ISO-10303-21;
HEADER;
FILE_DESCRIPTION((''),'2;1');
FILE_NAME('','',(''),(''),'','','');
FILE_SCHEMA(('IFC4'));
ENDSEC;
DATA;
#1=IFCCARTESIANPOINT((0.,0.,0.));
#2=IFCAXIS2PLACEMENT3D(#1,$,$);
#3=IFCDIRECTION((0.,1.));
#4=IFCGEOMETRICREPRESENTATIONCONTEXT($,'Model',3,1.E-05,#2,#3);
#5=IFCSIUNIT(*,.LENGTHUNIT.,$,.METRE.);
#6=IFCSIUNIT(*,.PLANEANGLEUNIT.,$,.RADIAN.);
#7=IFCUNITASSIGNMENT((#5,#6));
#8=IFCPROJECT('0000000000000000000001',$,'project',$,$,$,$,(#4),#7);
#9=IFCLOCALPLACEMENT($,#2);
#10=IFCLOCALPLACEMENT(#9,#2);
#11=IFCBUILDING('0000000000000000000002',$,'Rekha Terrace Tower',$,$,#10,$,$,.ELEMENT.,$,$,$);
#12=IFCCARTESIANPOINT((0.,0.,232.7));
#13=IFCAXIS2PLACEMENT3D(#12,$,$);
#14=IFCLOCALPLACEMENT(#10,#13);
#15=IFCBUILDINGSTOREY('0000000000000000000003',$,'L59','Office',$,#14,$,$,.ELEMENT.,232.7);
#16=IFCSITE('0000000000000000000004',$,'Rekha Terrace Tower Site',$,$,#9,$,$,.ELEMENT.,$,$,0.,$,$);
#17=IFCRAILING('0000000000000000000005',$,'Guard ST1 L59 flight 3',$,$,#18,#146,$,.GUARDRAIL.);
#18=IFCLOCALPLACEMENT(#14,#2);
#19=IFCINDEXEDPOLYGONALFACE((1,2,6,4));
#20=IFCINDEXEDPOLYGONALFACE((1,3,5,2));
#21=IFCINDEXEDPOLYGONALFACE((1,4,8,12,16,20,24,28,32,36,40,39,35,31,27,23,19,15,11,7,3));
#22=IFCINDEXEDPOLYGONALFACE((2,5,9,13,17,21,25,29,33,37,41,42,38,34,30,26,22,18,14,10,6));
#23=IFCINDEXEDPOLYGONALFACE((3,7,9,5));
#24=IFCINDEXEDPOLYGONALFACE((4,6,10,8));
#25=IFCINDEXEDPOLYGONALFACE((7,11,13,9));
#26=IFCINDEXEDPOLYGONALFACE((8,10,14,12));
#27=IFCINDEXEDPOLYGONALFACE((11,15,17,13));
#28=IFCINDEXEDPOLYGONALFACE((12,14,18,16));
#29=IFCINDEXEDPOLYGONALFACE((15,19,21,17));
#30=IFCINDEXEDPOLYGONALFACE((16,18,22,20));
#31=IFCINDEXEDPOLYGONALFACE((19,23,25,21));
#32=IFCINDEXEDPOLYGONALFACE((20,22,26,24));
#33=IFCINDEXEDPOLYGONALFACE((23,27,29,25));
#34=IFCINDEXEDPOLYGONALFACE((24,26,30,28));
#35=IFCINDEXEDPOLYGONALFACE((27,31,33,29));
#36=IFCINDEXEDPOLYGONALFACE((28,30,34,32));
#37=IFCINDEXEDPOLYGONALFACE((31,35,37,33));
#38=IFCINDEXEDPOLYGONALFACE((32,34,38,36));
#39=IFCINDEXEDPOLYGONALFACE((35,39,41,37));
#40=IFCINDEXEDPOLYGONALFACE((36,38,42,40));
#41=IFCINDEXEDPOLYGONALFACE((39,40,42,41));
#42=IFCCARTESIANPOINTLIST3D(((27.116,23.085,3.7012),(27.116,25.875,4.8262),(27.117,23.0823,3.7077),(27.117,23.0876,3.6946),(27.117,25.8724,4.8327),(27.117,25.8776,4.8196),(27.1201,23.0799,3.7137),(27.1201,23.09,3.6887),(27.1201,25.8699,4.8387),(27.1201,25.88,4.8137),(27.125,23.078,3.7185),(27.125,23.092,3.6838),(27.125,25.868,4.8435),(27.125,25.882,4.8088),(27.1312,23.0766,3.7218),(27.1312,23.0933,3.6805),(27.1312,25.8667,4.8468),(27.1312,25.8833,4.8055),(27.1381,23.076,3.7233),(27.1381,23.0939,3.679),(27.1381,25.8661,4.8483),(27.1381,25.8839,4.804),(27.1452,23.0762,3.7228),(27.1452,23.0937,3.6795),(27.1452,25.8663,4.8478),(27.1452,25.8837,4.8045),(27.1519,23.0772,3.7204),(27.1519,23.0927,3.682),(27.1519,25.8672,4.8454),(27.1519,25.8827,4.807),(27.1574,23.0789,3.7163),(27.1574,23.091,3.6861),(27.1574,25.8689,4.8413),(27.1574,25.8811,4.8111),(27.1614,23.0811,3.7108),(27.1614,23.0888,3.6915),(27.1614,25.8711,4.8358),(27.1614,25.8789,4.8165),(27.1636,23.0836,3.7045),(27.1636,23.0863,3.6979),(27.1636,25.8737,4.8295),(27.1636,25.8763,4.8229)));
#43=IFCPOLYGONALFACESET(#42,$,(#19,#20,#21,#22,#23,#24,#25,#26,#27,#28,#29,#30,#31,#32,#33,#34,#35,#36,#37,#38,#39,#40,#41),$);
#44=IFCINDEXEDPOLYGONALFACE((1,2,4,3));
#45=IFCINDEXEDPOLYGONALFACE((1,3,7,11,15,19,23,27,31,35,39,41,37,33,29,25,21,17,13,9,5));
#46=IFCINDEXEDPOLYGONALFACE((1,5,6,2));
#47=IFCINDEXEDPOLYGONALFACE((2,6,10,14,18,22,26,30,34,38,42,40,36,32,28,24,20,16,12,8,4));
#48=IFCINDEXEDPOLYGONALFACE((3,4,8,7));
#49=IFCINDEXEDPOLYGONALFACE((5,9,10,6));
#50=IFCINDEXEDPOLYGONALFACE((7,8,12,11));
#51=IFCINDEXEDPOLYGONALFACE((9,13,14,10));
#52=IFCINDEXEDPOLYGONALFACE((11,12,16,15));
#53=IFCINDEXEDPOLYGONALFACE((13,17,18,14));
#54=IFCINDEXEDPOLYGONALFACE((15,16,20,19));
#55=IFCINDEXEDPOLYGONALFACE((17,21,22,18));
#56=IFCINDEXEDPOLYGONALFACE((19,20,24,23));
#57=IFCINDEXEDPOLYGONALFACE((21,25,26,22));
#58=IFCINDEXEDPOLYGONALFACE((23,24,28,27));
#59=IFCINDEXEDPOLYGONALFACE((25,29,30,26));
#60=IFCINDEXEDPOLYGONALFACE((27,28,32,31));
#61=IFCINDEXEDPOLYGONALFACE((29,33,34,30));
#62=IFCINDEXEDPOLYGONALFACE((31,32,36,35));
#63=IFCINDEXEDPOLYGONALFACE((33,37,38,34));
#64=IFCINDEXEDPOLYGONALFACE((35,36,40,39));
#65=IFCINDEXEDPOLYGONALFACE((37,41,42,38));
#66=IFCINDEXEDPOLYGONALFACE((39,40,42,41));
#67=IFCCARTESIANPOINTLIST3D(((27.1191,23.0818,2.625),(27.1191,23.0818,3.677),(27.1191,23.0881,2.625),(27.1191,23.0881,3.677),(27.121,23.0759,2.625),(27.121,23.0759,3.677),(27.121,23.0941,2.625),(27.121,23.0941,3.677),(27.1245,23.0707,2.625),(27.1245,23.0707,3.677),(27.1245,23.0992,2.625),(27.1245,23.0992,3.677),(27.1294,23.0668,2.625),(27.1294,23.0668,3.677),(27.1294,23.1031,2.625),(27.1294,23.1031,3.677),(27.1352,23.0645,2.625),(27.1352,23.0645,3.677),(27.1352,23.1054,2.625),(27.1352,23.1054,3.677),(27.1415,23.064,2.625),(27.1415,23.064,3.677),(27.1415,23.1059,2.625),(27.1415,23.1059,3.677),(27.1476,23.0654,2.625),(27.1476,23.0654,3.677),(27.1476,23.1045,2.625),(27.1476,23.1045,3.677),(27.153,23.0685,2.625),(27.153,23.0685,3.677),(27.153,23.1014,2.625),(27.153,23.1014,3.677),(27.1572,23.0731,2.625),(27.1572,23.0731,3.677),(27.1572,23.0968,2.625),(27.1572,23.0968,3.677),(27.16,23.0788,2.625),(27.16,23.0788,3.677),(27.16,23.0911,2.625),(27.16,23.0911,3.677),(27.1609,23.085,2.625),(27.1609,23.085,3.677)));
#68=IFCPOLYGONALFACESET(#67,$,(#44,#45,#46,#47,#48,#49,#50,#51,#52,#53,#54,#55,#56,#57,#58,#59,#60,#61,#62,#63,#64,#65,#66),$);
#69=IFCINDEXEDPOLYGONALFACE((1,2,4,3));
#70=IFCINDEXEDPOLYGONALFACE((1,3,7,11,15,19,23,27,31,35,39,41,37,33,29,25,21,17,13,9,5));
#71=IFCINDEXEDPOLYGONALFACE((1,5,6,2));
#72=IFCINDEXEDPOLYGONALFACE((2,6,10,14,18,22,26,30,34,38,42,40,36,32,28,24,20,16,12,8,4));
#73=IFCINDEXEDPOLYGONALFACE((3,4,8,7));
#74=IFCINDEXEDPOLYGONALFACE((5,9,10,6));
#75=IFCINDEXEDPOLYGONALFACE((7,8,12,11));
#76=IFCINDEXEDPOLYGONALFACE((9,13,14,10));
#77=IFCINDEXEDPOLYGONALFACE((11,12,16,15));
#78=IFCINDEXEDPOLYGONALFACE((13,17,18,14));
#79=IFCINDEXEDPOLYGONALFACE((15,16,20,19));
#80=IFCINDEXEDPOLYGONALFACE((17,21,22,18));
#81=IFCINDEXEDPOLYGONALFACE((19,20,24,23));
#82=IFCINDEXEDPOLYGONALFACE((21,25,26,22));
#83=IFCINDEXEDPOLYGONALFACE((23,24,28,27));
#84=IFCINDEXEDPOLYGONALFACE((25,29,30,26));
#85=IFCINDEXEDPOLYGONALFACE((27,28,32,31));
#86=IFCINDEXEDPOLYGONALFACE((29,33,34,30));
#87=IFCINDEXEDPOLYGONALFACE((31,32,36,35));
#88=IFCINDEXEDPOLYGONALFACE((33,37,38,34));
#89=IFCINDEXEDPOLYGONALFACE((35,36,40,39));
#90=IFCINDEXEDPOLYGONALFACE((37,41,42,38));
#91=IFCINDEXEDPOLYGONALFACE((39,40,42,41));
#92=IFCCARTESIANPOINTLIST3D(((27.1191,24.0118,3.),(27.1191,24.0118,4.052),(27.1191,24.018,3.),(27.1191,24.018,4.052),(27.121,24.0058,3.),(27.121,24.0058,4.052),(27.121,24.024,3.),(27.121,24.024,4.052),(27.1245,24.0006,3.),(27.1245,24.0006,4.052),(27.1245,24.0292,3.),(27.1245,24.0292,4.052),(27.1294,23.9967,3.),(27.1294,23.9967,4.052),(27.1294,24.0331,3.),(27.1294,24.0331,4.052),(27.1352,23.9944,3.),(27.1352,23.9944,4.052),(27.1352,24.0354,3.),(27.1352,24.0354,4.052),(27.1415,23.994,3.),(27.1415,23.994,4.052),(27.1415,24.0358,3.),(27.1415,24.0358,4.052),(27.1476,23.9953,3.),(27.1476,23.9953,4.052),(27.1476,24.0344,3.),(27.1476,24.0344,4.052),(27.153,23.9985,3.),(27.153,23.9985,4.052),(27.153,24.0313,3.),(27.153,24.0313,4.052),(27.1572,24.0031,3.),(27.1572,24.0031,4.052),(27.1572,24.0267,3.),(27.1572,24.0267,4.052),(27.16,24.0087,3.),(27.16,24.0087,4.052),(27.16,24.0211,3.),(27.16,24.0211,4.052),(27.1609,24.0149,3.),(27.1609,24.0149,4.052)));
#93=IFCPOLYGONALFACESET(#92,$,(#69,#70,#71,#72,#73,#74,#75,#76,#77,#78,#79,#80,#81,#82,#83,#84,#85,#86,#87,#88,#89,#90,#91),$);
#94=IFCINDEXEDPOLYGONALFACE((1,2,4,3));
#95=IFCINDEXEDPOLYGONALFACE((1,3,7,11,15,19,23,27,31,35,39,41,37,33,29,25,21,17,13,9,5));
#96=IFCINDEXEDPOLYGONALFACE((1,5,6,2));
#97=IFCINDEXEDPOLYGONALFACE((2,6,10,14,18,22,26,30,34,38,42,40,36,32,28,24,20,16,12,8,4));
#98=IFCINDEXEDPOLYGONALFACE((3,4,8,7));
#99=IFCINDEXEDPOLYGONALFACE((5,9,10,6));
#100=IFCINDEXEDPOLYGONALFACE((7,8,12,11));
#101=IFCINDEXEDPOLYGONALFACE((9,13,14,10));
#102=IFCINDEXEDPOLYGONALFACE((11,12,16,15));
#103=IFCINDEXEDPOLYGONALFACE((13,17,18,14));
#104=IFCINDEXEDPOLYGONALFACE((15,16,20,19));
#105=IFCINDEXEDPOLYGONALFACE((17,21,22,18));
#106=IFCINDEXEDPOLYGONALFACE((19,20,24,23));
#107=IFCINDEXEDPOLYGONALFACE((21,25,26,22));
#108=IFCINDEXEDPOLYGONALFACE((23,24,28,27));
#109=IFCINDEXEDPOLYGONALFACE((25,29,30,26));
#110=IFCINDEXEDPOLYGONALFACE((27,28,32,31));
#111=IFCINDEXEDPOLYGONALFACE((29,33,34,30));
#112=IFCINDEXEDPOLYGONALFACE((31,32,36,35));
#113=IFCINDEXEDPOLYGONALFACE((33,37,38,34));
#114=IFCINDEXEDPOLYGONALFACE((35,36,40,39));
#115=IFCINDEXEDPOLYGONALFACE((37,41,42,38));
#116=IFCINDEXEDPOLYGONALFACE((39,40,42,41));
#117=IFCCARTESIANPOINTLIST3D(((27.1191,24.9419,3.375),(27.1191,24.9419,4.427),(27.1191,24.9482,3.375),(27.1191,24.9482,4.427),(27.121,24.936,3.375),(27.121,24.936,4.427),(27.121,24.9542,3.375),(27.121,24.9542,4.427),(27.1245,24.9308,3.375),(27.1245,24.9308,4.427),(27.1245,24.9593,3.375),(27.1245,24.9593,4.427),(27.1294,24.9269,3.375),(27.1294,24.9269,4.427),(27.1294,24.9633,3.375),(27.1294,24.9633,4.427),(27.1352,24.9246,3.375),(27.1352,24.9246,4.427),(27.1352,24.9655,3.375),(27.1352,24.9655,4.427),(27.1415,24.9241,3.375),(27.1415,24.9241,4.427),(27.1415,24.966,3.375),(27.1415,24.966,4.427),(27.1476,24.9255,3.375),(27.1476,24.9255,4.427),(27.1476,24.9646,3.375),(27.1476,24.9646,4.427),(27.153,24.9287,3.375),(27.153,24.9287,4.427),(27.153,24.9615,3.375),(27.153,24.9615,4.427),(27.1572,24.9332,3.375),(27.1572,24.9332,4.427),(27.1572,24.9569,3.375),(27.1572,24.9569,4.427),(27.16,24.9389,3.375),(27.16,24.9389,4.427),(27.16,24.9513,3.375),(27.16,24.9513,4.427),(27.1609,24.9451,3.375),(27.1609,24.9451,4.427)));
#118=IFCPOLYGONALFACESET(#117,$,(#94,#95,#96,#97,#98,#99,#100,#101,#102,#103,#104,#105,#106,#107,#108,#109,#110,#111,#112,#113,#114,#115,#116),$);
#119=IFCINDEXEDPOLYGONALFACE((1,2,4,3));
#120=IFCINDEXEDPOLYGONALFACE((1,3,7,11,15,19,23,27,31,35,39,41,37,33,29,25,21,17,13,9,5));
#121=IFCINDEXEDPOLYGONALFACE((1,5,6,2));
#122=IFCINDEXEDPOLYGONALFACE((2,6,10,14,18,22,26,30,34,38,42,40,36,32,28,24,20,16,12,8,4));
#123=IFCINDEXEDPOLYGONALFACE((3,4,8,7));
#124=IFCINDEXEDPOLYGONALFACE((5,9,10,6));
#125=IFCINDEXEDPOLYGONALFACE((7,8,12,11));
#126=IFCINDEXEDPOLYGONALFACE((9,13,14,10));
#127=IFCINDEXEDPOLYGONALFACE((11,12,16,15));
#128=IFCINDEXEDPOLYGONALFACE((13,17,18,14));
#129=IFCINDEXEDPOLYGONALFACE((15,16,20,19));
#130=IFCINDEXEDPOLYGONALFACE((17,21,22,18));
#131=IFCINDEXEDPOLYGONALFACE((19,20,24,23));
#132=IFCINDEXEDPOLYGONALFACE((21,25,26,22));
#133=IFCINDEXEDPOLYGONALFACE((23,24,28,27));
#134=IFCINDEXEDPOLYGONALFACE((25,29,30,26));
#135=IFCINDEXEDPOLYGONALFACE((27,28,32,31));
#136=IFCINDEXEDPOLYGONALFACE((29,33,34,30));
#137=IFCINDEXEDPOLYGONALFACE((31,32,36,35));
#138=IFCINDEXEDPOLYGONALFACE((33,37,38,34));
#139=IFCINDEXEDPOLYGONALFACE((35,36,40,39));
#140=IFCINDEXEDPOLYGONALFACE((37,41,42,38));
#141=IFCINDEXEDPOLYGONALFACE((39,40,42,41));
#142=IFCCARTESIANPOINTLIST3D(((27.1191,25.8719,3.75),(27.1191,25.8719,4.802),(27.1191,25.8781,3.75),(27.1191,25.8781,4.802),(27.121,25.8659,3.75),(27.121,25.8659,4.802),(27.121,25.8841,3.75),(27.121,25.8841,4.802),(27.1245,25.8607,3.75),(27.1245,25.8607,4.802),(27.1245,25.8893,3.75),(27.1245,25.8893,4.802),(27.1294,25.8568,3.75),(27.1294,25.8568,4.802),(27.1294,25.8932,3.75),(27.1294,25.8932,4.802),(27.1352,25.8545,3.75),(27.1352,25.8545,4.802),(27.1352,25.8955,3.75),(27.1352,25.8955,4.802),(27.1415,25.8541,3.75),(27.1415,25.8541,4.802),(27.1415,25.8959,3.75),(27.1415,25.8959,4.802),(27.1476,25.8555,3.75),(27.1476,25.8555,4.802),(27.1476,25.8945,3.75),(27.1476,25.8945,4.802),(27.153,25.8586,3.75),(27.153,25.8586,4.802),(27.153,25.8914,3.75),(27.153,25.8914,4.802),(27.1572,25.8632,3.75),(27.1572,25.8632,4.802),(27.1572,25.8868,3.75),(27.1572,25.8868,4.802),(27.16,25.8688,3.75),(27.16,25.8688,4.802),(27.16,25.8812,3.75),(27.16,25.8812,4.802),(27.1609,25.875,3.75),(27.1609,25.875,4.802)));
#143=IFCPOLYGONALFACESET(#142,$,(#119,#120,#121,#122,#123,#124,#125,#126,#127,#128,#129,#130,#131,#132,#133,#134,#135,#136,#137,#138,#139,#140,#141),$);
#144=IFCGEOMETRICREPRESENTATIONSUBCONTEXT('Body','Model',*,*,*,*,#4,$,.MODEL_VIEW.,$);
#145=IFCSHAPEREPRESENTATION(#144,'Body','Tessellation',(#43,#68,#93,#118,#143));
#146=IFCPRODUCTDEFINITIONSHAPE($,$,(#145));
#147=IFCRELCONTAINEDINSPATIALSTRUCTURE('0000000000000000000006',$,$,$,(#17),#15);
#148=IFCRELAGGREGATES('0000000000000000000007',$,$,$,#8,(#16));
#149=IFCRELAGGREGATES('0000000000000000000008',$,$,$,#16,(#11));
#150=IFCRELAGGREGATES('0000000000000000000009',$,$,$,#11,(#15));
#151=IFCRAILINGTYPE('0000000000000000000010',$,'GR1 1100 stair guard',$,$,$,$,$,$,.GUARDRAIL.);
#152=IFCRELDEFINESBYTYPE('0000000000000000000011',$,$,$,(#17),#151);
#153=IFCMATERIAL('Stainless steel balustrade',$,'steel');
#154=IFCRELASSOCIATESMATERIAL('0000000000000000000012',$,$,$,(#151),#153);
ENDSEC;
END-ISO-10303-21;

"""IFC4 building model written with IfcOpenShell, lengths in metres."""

from ifc_helpers import new_model, si_unit, direction, frame, origin, origin_2d, place, context, subcontext, project, spatial, circle, extrude, material, type_object, element, save


model = new_model("IFC4")

# Units and contexts
model_context = context("Model", 3, precision=1e-05, world=origin(), true_north=direction((0.0, 1.0)))
body_context = subcontext(model_context, "Body", "Model", "MODEL_VIEW")
ifc_project = project(units=[si_unit("LENGTHUNIT", "METRE"), si_unit("PLANEANGLEUNIT", "RADIAN")], contexts=[model_context])

# Site, building, storey
site_placement = place(None, origin())
site = spatial("IfcSite", under=ifc_project, at=site_placement, Name="Rekha Terrace Tower Site", CompositionType="ELEMENT", RefElevation=0.0)
building_placement = place(site_placement, origin())
building = spatial("IfcBuilding", under=site, at=building_placement, Name="Rekha Terrace Tower", CompositionType="ELEMENT")
storey_placement = place(building_placement, frame((0.0, 0.0, 232.7)))
storey = spatial("IfcBuildingStorey", under=building, at=storey_placement, Name="L59", Description="Office", CompositionType="ELEMENT", Elevation=232.7)

# Railing
ifc_material_1 = material(Name="Stainless steel balustrade", Category="steel")
railing_type_1 = type_object("IfcRailingType", Name="GR1 1100 stair guard", PredefinedType="GUARDRAIL", material=ifc_material_1)
railing_1_placement = place(storey_placement, frame((27.1399, 23.085, 2.625)))
element("IfcRailing", 1, at=railing_1_placement, inside=storey, type_object=railing_type_1, Name="Guard ST1 L59 flight 3", PredefinedType="GUARDRAIL", context=body_context, shape_type="SweptSolid", body=[
    extrude(circle(Radius=0.0239, at=origin_2d()), frame((0.0, 0.0, 1.0762), z_axis=(0.0, 0.927443, 0.373964), x_axis=(-1.0, 0.0, 0.0)), (0.0, 0.0, 1.0), 3.0083),
    extrude(circle(Radius=0.021, at=origin_2d()), origin(), (0.0, 0.0, 1.0), 1.052),
    extrude(circle(Radius=0.021, at=origin_2d()), frame((0.0, 0.9299, 0.375)), (0.0, 0.0, 1.0), 1.052),
    extrude(circle(Radius=0.021, at=origin_2d()), frame((0.0, 1.8601, 0.75)), (0.0, 0.0, 1.0), 1.052),
    extrude(circle(Radius=0.021, at=origin_2d()), frame((0.0, 2.79, 1.125)), (0.0, 0.0, 1.0), 1.052),
])

save(model, "model.ifc")
